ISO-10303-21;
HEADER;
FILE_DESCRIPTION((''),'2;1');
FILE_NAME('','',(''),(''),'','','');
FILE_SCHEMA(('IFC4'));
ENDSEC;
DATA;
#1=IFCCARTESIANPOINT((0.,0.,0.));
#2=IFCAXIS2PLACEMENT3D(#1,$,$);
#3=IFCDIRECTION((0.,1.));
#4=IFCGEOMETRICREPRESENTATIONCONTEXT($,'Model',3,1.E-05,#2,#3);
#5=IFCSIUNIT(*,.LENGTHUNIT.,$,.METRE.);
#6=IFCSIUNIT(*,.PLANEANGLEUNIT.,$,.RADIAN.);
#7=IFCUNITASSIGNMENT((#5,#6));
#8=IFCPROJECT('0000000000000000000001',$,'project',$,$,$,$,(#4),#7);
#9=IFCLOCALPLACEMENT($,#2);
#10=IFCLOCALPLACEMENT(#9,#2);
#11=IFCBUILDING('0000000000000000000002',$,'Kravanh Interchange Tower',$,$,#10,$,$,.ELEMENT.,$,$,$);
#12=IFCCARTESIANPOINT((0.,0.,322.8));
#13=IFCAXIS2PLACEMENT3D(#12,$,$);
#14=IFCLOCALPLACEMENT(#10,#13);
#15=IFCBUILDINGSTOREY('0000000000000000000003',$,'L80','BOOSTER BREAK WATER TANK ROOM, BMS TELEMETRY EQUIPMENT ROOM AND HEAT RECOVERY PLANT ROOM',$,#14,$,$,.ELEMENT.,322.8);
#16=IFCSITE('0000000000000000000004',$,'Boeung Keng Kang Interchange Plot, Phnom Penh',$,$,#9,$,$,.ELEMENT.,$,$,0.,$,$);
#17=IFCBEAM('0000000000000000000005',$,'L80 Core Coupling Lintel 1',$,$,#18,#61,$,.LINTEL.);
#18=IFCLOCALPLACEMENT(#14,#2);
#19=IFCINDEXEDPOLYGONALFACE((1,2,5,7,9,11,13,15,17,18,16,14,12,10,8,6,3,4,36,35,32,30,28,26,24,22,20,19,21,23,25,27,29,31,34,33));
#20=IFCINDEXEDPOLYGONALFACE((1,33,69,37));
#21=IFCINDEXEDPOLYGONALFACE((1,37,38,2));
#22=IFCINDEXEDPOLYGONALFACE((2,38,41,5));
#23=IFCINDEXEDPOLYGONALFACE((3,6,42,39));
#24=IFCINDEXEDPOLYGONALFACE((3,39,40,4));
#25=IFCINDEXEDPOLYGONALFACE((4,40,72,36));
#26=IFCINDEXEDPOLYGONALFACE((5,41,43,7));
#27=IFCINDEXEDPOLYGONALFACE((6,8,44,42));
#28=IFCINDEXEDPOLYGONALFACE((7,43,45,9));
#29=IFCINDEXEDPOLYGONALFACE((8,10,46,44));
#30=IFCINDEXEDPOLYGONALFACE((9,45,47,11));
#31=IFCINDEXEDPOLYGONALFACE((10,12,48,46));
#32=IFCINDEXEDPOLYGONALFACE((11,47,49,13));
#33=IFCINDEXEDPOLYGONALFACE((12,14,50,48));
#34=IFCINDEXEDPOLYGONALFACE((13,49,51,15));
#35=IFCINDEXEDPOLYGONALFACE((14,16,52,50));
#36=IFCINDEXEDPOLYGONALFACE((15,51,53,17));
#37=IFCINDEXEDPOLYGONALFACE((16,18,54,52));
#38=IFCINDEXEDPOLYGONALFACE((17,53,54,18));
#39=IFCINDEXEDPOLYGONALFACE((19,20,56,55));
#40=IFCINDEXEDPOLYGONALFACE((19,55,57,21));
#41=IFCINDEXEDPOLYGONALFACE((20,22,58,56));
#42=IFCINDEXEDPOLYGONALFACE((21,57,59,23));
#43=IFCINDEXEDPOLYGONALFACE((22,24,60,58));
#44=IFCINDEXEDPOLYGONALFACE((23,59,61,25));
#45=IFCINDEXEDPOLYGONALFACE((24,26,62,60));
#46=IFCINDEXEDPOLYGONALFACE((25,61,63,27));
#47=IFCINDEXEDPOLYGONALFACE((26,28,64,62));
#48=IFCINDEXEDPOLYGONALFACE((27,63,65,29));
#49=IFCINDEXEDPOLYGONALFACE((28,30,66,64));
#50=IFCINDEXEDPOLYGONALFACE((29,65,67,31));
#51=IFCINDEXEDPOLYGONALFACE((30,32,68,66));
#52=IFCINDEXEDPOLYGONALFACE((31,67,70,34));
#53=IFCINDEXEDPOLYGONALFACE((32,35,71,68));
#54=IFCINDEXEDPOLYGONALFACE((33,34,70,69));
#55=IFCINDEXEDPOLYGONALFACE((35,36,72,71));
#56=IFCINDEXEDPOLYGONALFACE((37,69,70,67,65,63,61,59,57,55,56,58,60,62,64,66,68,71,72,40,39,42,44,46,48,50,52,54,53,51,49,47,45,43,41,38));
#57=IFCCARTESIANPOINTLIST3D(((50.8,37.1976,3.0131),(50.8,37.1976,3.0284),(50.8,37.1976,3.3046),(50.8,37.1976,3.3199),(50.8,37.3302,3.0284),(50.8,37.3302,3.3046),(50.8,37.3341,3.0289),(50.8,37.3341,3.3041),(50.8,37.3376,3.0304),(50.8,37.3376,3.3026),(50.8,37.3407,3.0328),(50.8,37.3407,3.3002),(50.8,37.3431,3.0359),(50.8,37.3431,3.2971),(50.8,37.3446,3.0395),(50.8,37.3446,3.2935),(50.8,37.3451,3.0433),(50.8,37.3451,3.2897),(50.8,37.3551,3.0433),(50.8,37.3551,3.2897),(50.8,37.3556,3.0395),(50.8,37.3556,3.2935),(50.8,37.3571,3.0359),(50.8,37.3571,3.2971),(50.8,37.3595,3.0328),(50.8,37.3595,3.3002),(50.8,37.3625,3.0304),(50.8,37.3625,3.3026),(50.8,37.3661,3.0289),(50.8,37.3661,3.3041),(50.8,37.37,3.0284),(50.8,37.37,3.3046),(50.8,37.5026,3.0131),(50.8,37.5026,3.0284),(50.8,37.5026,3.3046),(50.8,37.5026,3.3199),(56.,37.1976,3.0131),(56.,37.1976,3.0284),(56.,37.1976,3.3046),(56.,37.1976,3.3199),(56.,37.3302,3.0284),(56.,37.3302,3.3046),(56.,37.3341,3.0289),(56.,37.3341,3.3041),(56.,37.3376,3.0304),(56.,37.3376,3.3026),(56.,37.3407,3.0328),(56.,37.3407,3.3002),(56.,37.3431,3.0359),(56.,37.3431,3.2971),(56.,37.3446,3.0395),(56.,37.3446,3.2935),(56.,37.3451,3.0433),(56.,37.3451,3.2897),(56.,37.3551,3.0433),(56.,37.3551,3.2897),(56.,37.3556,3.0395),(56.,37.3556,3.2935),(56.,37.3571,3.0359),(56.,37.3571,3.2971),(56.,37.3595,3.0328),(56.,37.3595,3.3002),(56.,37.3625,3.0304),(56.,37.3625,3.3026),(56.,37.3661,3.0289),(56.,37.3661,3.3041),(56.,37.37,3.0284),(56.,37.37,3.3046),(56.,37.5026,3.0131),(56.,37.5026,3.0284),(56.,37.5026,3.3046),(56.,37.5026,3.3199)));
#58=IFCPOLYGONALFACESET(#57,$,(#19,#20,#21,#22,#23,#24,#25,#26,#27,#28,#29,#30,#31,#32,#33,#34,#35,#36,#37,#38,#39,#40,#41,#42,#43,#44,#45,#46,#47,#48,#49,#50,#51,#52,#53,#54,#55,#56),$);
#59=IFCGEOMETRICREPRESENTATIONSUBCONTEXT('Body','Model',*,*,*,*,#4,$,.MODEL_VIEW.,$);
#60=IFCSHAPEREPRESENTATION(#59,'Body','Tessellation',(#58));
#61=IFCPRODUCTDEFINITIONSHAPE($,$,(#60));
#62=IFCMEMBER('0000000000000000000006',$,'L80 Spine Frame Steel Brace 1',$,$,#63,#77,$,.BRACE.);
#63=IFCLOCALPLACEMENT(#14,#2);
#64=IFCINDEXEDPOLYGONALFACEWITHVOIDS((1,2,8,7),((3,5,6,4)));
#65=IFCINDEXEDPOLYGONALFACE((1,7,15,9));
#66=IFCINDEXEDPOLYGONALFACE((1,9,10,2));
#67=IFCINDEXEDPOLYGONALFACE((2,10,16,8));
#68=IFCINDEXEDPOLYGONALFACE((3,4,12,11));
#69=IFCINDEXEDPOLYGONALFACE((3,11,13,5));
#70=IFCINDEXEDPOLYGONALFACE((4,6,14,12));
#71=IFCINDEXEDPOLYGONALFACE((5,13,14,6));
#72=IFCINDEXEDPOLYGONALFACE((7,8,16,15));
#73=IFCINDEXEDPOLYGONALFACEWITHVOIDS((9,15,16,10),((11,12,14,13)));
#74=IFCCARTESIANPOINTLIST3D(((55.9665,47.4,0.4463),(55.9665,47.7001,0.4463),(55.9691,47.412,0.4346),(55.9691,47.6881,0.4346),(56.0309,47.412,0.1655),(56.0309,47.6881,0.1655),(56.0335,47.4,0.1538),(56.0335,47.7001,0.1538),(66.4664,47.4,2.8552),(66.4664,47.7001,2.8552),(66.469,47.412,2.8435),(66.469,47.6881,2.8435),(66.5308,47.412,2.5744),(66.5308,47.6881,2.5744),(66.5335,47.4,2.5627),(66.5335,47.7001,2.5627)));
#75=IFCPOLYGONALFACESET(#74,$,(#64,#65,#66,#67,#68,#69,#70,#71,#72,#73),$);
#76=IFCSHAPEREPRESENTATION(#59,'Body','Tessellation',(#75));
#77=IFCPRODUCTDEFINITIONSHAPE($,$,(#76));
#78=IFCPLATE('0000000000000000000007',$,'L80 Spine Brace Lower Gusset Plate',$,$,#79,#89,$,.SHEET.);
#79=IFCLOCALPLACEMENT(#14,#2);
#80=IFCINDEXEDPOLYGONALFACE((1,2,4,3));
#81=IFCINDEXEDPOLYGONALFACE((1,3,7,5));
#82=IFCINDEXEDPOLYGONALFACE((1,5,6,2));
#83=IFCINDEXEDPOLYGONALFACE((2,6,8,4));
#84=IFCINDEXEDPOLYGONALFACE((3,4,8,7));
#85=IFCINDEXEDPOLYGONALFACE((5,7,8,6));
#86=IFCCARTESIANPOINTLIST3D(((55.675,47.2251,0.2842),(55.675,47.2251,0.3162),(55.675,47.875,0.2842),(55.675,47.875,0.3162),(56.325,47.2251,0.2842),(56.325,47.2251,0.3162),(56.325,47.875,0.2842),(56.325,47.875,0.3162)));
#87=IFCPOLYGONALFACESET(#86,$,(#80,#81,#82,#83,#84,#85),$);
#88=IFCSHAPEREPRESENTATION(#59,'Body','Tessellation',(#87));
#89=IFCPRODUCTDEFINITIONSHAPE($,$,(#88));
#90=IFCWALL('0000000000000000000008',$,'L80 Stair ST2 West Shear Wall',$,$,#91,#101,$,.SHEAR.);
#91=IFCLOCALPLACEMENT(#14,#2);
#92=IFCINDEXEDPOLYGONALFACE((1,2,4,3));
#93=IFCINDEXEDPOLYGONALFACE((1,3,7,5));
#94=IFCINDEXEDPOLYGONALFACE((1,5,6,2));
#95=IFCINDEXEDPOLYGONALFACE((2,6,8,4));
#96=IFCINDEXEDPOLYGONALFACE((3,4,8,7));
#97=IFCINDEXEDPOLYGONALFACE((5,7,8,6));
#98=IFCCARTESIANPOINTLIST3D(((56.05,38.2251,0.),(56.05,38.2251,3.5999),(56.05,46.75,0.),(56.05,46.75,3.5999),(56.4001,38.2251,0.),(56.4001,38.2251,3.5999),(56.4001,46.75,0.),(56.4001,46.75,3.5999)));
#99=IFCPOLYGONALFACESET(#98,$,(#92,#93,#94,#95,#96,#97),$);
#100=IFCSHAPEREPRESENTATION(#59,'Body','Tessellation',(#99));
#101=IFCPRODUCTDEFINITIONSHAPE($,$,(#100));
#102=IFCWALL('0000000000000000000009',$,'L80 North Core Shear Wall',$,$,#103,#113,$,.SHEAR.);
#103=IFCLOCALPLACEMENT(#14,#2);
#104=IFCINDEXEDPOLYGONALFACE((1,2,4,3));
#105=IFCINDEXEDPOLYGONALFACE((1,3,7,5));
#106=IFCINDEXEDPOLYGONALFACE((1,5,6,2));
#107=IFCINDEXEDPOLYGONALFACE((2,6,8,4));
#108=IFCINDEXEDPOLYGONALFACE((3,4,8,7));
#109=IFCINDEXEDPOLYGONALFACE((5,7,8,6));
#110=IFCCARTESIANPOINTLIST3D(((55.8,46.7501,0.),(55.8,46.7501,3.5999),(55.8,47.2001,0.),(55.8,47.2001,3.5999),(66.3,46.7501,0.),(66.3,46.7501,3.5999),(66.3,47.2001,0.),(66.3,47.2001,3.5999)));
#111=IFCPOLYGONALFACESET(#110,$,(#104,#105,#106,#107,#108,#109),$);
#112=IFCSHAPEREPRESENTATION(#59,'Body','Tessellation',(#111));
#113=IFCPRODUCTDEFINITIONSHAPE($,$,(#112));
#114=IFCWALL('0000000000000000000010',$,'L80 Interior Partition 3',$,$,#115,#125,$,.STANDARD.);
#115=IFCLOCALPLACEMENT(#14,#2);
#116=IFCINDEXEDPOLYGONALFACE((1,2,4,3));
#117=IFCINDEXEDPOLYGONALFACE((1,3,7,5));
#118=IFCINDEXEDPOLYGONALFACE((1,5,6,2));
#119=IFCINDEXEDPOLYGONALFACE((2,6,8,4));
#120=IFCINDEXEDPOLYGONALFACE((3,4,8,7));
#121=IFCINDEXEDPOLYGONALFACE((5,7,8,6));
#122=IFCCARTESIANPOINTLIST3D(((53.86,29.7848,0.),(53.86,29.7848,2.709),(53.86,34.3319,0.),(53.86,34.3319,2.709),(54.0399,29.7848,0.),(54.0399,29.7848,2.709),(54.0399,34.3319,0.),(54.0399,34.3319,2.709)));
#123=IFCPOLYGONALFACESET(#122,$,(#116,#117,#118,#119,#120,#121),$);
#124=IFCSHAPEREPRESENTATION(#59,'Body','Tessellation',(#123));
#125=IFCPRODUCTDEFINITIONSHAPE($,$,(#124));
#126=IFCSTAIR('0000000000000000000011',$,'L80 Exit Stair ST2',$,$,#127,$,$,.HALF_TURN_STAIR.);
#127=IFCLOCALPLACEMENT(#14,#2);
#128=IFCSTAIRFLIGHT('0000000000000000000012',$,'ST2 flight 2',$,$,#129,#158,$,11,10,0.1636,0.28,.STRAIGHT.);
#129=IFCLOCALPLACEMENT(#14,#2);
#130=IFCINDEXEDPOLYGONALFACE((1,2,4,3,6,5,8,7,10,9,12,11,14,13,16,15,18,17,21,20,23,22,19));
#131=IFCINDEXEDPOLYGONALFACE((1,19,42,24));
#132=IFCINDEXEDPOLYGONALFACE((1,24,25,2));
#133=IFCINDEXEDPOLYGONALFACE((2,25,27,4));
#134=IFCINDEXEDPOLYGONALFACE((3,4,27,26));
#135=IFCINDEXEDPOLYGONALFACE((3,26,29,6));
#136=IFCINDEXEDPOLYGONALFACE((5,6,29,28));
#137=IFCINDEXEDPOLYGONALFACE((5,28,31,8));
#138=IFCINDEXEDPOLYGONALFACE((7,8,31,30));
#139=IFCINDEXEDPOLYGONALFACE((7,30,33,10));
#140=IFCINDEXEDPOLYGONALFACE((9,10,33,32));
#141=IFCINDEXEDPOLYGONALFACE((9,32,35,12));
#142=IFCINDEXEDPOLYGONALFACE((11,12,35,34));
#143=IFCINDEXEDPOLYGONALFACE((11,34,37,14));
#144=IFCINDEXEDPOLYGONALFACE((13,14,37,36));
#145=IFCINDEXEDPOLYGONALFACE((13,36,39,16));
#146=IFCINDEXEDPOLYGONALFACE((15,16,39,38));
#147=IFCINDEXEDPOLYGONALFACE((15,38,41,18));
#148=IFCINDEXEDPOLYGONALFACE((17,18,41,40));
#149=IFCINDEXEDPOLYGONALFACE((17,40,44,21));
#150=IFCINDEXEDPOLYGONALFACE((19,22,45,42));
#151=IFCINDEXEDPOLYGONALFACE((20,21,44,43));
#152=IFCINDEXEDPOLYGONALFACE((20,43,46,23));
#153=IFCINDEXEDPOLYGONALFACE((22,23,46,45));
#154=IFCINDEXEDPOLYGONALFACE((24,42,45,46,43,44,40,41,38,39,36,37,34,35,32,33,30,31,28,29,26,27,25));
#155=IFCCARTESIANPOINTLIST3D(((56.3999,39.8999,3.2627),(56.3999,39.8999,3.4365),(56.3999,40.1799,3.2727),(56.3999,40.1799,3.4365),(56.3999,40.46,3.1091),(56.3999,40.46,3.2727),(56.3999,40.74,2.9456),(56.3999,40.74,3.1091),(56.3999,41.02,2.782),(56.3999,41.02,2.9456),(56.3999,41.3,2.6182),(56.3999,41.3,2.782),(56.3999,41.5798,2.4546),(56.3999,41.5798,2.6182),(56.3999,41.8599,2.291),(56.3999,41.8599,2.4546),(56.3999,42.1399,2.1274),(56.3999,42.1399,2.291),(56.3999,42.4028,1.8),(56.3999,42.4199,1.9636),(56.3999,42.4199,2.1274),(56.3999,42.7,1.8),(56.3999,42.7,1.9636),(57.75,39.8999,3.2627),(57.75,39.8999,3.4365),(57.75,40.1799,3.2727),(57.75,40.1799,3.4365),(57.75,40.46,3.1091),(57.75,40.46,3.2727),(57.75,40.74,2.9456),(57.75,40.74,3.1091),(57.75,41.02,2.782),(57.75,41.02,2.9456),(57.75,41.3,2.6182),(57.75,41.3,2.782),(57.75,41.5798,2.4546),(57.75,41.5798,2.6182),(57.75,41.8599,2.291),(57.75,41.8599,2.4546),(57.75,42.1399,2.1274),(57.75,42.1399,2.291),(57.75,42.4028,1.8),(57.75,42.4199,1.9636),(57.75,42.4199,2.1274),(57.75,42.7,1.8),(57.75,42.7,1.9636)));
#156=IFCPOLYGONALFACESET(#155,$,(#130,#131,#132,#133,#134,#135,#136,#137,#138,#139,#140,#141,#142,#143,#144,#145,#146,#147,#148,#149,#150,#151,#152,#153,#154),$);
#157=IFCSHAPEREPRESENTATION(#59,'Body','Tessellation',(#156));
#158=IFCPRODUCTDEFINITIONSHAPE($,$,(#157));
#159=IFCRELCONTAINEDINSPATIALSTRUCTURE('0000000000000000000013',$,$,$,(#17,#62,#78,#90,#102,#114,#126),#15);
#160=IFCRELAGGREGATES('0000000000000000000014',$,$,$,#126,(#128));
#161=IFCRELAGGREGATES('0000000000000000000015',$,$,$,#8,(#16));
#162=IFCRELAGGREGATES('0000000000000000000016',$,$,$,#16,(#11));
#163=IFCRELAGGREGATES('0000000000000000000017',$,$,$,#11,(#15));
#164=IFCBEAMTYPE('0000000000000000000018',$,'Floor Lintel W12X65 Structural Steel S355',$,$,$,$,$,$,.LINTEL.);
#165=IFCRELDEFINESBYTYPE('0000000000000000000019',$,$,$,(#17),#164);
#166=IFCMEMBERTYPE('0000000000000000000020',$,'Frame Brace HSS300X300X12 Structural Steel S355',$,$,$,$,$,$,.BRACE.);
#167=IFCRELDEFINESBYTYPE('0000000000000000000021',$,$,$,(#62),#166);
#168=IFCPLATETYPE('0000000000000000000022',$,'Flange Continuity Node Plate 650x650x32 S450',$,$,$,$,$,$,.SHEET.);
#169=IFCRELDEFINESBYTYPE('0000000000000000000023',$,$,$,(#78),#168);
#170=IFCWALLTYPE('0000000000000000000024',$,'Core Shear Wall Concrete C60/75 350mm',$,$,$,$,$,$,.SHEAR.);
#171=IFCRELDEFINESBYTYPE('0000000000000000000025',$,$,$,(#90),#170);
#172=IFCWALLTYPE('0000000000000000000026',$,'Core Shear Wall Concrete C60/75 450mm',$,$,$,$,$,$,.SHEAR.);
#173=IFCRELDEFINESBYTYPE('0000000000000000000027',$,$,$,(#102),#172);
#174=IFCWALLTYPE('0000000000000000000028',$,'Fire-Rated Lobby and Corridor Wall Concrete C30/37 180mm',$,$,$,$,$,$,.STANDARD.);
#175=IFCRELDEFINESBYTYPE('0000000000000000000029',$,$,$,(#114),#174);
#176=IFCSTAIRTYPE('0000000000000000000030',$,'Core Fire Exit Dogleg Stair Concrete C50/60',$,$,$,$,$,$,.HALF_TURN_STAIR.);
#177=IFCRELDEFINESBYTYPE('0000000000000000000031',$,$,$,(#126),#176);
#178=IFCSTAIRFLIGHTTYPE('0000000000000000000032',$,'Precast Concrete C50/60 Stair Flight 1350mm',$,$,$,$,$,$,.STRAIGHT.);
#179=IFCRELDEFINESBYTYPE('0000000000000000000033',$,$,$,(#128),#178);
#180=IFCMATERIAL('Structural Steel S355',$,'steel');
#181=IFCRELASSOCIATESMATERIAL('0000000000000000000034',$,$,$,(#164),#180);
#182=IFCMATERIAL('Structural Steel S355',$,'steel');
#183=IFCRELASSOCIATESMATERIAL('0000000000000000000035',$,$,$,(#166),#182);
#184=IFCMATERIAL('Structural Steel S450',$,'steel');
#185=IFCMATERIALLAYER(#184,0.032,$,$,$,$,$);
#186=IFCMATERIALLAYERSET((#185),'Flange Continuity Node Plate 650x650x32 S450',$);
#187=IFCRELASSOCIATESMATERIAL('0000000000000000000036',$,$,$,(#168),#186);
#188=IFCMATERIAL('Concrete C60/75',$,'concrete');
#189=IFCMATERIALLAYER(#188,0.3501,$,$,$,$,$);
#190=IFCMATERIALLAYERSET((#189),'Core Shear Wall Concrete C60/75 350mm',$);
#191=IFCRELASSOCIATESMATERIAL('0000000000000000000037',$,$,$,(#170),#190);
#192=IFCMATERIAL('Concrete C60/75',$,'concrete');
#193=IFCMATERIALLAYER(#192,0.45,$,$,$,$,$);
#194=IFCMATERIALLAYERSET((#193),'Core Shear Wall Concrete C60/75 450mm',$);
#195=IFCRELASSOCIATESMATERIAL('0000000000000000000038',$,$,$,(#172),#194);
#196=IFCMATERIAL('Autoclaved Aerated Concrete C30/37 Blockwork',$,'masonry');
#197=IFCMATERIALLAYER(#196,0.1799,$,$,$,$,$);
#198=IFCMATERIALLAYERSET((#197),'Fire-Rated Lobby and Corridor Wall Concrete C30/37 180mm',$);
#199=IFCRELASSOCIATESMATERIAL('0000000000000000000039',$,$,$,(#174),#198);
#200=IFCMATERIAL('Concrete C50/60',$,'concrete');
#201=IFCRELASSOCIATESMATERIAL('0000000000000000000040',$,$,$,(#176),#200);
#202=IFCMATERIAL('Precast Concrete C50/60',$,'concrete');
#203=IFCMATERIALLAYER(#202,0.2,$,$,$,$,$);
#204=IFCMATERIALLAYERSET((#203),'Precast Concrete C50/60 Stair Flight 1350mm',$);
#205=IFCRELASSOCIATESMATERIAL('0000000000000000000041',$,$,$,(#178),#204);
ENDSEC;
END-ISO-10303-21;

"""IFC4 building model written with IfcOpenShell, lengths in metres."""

from ifc_helpers import new_model, si_unit, direction, frame, frame_2d, origin, origin_2d, place, context, subcontext, project, spatial, polyline, rectangle, hollow_rectangle, i_section, outline, extrude, material, layer, layer_set, material_profile, profile_set, type_object, element, aggregate, save


model = new_model("IFC4")

# Units and contexts
model_context = context("Model", 3, precision=1e-05, world=origin(), true_north=direction((0.0, 1.0)))
body_context = subcontext(model_context, "Body", "Model", "MODEL_VIEW")
ifc_project = project(units=[si_unit("LENGTHUNIT", "METRE"), si_unit("PLANEANGLEUNIT", "RADIAN")], contexts=[model_context])

# Site, building, storey
site_placement = place(None, origin())
site = spatial("IfcSite", under=ifc_project, at=site_placement, Name="Boeung Keng Kang Interchange Plot, Phnom Penh", CompositionType="ELEMENT", RefElevation=0.0)
building_placement = place(site_placement, origin())
building = spatial("IfcBuilding", under=site, at=building_placement, Name="Kravanh Interchange Tower", CompositionType="ELEMENT")
storey_placement = place(building_placement, frame((0.0, 0.0, 322.8)))
storey = spatial("IfcBuildingStorey", under=building, at=storey_placement, Name="L80", Description="BOOSTER BREAK WATER TANK ROOM, BMS TELEMETRY EQUIPMENT ROOM AND HEAT RECOVERY PLANT ROOM", CompositionType="ELEMENT", Elevation=322.8)

# Beam
ifc_material_1 = material(Name="Structural Steel S355", Category="steel")
ifc_material_profile_1 = material_profile(ifc_material_1, i_section(OverallWidth=0.3049, OverallDepth=0.3069, WebThickness=0.01, FlangeThickness=0.0154, FilletRadius=0.0149, at=origin_2d()), Name="W12X65")
ifc_profile_set_1 = profile_set([ifc_material_profile_1], Name="Structural Steel S355")
beam_type_1 = type_object("IfcBeamType", Name="Floor Lintel W12X65 Structural Steel S355", PredefinedType="LINTEL", material=ifc_profile_set_1)
beam_1_placement = place(storey_placement, frame((50.8, 37.3501, 3.1665), z_axis=(1.0, 0.0, 0.0), x_axis=(0.0, 1.0, 0.0)))
element("IfcBeam", 1, at=beam_1_placement, inside=storey, type_object=beam_type_1, Name="L80 Core Coupling Lintel 1", PredefinedType="LINTEL", context=body_context, shape_type="SweptSolid", body=[
    extrude(i_section(OverallWidth=0.3049, OverallDepth=0.3069, WebThickness=0.01, FlangeThickness=0.0154, FilletRadius=0.0149, at=origin_2d()), origin(), (0.0, 0.0, 1.0), 5.2),
])

# Member
ifc_material_2 = material(Name="Structural Steel S355", Category="steel")
ifc_material_profile_2 = material_profile(ifc_material_2, hollow_rectangle(XDim=0.3, YDim=0.3, WallThickness=0.012, at=origin_2d()), Name="HSS300X300X12")
ifc_profile_set_2 = profile_set([ifc_material_profile_2], Name="Structural Steel S355")
member_type = type_object("IfcMemberType", Name="Frame Brace HSS300X300X12 Structural Steel S355", PredefinedType="BRACE", material=ifc_profile_set_2)
member_placement = place(storey_placement, frame((56.0, 47.55, 0.3), z_axis=(0.974678, 0.0, 0.223613), x_axis=(0.0, 1.0, 0.0)))
element("IfcMember", 2, at=member_placement, inside=storey, type_object=member_type, Name="L80 Spine Frame Steel Brace 1", PredefinedType="BRACE", context=body_context, shape_type="SweptSolid", body=[
    extrude(hollow_rectangle(XDim=0.3, YDim=0.3, WallThickness=0.012, at=origin_2d()), origin(), (0.0, 0.0, 1.0), 10.7727),
])

# Plate
ifc_material_3 = material(Name="Structural Steel S450", Category="steel")
ifc_layer_1 = layer(ifc_material_3, 0.032)
ifc_layer_set_1 = layer_set([ifc_layer_1], Name="Flange Continuity Node Plate 650x650x32 S450")
plate_type = type_object("IfcPlateType", Name="Flange Continuity Node Plate 650x650x32 S450", PredefinedType="SHEET", material=ifc_layer_set_1)
plate_placement = place(storey_placement, frame((56.0, 47.55, 0.2842), z_axis=(0.0, 0.0, 1.0), x_axis=(1.0, 0.0, 0.0)))
element("IfcPlate", 3, at=plate_placement, inside=storey, type_object=plate_type, Name="L80 Spine Brace Lower Gusset Plate", PredefinedType="SHEET", context=body_context, shape_type="SweptSolid", body=[
    extrude(rectangle(XDim=0.6499, YDim=0.6499, at=origin_2d()), origin(), (0.0, 0.0, 1.0), 0.032),
])

# Walls
ifc_material_4 = material(Name="Concrete C60/75", Category="concrete")
ifc_layer_2 = layer(ifc_material_4, 0.3501)
ifc_layer_set_2 = layer_set([ifc_layer_2], Name="Core Shear Wall Concrete C60/75 350mm")
wall_type_1 = type_object("IfcWallType", Name="Core Shear Wall Concrete C60/75 350mm", PredefinedType="SHEAR", material=ifc_layer_set_2)
wall_1_placement = place(storey_placement, frame((56.2251, 38.2251, 0.0), z_axis=(0.0, 0.0, 1.0), x_axis=(0.0, 1.0, 0.0)))
element("IfcWall", 4, at=wall_1_placement, inside=storey, type_object=wall_type_1, Name="L80 Stair ST2 West Shear Wall", PredefinedType="SHEAR", context=body_context, shape_type="SweptSolid", body=[
    extrude(rectangle(XDim=8.5249, YDim=0.3501, at=frame_2d((4.2625, 0.0))), origin(), (0.0, 0.0, 1.0), 3.5999),
])
ifc_material_5 = material(Name="Concrete C60/75", Category="concrete")
ifc_layer_3 = layer(ifc_material_5, 0.45)
ifc_layer_set_3 = layer_set([ifc_layer_3], Name="Core Shear Wall Concrete C60/75 450mm")
wall_type_2 = type_object("IfcWallType", Name="Core Shear Wall Concrete C60/75 450mm", PredefinedType="SHEAR", material=ifc_layer_set_3)
wall_2_placement = place(storey_placement, frame((55.8, 46.9751, 0.0), z_axis=(0.0, 0.0, 1.0), x_axis=(1.0, 0.0, 0.0)))
element("IfcWall", 5, at=wall_2_placement, inside=storey, type_object=wall_type_2, Name="L80 North Core Shear Wall", PredefinedType="SHEAR", context=body_context, shape_type="SweptSolid", body=[
    extrude(rectangle(XDim=10.5, YDim=0.45, at=frame_2d((5.25, 0.0))), origin(), (0.0, 0.0, 1.0), 3.5999),
])

# Wall
ifc_material_6 = material(Name="Autoclaved Aerated Concrete C30/37 Blockwork", Category="masonry")
ifc_layer_4 = layer(ifc_material_6, 0.1799)
ifc_layer_set_4 = layer_set([ifc_layer_4], Name="Fire-Rated Lobby and Corridor Wall Concrete C30/37 180mm")
wall_type_3 = type_object("IfcWallType", Name="Fire-Rated Lobby and Corridor Wall Concrete C30/37 180mm", PredefinedType="STANDARD", material=ifc_layer_set_4)
wall_3_placement = place(storey_placement, frame((53.95, 29.7849, 0.0), z_axis=(0.0, 0.0, 1.0), x_axis=(0.0, 1.0, 0.0)))
element("IfcWall", 6, at=wall_3_placement, inside=storey, type_object=wall_type_3, Name="L80 Interior Partition 3", PredefinedType="STANDARD", context=body_context, shape_type="SweptSolid", body=[
    extrude(rectangle(XDim=4.5471, YDim=0.1799, at=frame_2d((2.2734, 0.0))), origin(), (0.0, 0.0, 1.0), 2.709),
])

# Stair, stair flight
ifc_material_7 = material(Name="Concrete C50/60", Category="concrete")
stair_type = type_object("IfcStairType", Name="Core Fire Exit Dogleg Stair Concrete C50/60", PredefinedType="HALF_TURN_STAIR", material=ifc_material_7)
stair_placement = place(storey_placement, origin())
stair = element("IfcStair", 7, at=stair_placement, inside=storey, type_object=stair_type, Name="L80 Exit Stair ST2", PredefinedType="HALF_TURN_STAIR")
ifc_material_8 = material(Name="Precast Concrete C50/60", Category="concrete")
ifc_layer_5 = layer(ifc_material_8, 0.2)
ifc_layer_set_5 = layer_set([ifc_layer_5], Name="Precast Concrete C50/60 Stair Flight 1350mm")
stair_flight_type = type_object("IfcStairFlightType", Name="Precast Concrete C50/60 Stair Flight 1350mm", PredefinedType="STRAIGHT", material=ifc_layer_set_5)
stair_flight_placement = place(storey_placement, frame((57.075, 42.7, 1.8), z_axis=(0.0, 0.0, 1.0), x_axis=(0.0, -1.0, 0.0)))
stair_flight = element("IfcStairFlight", 8, at=stair_flight_placement, type_object=stair_flight_type, Name="ST2 flight 2", NumberOfRisers=11, NumberOfTreads=10, PredefinedType="STRAIGHT", RiserHeight=0.1636, TreadLength=0.28, context=body_context, shape_type="SweptSolid", body=[
    extrude(outline(polyline([(0.0, 0.0), (0.0, 0.1636), (0.28, 0.1636), (0.28, 0.3274), (0.5601, 0.3274), (0.5601, 0.491), (0.8401, 0.491), (0.8401, 0.6545), (1.1201, 0.6545), (1.1201, 0.8181), (1.3999, 0.8181), (1.3999, 0.9819), (1.6799, 0.9819), (1.6799, 1.1455), (1.96, 1.1455), (1.96, 1.3091), (2.24, 1.3091), (2.24, 1.4727), (2.52, 1.4727), (2.52, 1.6365), (2.8, 1.6365), (2.8, 1.8), (2.8, 1.4626), (0.2971, 0.0), (0.0, 0.0)])), frame((0.0, 0.675, 0.0), z_axis=(0.0, -1.0, 0.0), x_axis=(1.0, 0.0, 0.0)), (0.0, 0.0, 1.0), 1.3501),
])
aggregate(stair, [stair_flight])

save(model, "model.ifc")
